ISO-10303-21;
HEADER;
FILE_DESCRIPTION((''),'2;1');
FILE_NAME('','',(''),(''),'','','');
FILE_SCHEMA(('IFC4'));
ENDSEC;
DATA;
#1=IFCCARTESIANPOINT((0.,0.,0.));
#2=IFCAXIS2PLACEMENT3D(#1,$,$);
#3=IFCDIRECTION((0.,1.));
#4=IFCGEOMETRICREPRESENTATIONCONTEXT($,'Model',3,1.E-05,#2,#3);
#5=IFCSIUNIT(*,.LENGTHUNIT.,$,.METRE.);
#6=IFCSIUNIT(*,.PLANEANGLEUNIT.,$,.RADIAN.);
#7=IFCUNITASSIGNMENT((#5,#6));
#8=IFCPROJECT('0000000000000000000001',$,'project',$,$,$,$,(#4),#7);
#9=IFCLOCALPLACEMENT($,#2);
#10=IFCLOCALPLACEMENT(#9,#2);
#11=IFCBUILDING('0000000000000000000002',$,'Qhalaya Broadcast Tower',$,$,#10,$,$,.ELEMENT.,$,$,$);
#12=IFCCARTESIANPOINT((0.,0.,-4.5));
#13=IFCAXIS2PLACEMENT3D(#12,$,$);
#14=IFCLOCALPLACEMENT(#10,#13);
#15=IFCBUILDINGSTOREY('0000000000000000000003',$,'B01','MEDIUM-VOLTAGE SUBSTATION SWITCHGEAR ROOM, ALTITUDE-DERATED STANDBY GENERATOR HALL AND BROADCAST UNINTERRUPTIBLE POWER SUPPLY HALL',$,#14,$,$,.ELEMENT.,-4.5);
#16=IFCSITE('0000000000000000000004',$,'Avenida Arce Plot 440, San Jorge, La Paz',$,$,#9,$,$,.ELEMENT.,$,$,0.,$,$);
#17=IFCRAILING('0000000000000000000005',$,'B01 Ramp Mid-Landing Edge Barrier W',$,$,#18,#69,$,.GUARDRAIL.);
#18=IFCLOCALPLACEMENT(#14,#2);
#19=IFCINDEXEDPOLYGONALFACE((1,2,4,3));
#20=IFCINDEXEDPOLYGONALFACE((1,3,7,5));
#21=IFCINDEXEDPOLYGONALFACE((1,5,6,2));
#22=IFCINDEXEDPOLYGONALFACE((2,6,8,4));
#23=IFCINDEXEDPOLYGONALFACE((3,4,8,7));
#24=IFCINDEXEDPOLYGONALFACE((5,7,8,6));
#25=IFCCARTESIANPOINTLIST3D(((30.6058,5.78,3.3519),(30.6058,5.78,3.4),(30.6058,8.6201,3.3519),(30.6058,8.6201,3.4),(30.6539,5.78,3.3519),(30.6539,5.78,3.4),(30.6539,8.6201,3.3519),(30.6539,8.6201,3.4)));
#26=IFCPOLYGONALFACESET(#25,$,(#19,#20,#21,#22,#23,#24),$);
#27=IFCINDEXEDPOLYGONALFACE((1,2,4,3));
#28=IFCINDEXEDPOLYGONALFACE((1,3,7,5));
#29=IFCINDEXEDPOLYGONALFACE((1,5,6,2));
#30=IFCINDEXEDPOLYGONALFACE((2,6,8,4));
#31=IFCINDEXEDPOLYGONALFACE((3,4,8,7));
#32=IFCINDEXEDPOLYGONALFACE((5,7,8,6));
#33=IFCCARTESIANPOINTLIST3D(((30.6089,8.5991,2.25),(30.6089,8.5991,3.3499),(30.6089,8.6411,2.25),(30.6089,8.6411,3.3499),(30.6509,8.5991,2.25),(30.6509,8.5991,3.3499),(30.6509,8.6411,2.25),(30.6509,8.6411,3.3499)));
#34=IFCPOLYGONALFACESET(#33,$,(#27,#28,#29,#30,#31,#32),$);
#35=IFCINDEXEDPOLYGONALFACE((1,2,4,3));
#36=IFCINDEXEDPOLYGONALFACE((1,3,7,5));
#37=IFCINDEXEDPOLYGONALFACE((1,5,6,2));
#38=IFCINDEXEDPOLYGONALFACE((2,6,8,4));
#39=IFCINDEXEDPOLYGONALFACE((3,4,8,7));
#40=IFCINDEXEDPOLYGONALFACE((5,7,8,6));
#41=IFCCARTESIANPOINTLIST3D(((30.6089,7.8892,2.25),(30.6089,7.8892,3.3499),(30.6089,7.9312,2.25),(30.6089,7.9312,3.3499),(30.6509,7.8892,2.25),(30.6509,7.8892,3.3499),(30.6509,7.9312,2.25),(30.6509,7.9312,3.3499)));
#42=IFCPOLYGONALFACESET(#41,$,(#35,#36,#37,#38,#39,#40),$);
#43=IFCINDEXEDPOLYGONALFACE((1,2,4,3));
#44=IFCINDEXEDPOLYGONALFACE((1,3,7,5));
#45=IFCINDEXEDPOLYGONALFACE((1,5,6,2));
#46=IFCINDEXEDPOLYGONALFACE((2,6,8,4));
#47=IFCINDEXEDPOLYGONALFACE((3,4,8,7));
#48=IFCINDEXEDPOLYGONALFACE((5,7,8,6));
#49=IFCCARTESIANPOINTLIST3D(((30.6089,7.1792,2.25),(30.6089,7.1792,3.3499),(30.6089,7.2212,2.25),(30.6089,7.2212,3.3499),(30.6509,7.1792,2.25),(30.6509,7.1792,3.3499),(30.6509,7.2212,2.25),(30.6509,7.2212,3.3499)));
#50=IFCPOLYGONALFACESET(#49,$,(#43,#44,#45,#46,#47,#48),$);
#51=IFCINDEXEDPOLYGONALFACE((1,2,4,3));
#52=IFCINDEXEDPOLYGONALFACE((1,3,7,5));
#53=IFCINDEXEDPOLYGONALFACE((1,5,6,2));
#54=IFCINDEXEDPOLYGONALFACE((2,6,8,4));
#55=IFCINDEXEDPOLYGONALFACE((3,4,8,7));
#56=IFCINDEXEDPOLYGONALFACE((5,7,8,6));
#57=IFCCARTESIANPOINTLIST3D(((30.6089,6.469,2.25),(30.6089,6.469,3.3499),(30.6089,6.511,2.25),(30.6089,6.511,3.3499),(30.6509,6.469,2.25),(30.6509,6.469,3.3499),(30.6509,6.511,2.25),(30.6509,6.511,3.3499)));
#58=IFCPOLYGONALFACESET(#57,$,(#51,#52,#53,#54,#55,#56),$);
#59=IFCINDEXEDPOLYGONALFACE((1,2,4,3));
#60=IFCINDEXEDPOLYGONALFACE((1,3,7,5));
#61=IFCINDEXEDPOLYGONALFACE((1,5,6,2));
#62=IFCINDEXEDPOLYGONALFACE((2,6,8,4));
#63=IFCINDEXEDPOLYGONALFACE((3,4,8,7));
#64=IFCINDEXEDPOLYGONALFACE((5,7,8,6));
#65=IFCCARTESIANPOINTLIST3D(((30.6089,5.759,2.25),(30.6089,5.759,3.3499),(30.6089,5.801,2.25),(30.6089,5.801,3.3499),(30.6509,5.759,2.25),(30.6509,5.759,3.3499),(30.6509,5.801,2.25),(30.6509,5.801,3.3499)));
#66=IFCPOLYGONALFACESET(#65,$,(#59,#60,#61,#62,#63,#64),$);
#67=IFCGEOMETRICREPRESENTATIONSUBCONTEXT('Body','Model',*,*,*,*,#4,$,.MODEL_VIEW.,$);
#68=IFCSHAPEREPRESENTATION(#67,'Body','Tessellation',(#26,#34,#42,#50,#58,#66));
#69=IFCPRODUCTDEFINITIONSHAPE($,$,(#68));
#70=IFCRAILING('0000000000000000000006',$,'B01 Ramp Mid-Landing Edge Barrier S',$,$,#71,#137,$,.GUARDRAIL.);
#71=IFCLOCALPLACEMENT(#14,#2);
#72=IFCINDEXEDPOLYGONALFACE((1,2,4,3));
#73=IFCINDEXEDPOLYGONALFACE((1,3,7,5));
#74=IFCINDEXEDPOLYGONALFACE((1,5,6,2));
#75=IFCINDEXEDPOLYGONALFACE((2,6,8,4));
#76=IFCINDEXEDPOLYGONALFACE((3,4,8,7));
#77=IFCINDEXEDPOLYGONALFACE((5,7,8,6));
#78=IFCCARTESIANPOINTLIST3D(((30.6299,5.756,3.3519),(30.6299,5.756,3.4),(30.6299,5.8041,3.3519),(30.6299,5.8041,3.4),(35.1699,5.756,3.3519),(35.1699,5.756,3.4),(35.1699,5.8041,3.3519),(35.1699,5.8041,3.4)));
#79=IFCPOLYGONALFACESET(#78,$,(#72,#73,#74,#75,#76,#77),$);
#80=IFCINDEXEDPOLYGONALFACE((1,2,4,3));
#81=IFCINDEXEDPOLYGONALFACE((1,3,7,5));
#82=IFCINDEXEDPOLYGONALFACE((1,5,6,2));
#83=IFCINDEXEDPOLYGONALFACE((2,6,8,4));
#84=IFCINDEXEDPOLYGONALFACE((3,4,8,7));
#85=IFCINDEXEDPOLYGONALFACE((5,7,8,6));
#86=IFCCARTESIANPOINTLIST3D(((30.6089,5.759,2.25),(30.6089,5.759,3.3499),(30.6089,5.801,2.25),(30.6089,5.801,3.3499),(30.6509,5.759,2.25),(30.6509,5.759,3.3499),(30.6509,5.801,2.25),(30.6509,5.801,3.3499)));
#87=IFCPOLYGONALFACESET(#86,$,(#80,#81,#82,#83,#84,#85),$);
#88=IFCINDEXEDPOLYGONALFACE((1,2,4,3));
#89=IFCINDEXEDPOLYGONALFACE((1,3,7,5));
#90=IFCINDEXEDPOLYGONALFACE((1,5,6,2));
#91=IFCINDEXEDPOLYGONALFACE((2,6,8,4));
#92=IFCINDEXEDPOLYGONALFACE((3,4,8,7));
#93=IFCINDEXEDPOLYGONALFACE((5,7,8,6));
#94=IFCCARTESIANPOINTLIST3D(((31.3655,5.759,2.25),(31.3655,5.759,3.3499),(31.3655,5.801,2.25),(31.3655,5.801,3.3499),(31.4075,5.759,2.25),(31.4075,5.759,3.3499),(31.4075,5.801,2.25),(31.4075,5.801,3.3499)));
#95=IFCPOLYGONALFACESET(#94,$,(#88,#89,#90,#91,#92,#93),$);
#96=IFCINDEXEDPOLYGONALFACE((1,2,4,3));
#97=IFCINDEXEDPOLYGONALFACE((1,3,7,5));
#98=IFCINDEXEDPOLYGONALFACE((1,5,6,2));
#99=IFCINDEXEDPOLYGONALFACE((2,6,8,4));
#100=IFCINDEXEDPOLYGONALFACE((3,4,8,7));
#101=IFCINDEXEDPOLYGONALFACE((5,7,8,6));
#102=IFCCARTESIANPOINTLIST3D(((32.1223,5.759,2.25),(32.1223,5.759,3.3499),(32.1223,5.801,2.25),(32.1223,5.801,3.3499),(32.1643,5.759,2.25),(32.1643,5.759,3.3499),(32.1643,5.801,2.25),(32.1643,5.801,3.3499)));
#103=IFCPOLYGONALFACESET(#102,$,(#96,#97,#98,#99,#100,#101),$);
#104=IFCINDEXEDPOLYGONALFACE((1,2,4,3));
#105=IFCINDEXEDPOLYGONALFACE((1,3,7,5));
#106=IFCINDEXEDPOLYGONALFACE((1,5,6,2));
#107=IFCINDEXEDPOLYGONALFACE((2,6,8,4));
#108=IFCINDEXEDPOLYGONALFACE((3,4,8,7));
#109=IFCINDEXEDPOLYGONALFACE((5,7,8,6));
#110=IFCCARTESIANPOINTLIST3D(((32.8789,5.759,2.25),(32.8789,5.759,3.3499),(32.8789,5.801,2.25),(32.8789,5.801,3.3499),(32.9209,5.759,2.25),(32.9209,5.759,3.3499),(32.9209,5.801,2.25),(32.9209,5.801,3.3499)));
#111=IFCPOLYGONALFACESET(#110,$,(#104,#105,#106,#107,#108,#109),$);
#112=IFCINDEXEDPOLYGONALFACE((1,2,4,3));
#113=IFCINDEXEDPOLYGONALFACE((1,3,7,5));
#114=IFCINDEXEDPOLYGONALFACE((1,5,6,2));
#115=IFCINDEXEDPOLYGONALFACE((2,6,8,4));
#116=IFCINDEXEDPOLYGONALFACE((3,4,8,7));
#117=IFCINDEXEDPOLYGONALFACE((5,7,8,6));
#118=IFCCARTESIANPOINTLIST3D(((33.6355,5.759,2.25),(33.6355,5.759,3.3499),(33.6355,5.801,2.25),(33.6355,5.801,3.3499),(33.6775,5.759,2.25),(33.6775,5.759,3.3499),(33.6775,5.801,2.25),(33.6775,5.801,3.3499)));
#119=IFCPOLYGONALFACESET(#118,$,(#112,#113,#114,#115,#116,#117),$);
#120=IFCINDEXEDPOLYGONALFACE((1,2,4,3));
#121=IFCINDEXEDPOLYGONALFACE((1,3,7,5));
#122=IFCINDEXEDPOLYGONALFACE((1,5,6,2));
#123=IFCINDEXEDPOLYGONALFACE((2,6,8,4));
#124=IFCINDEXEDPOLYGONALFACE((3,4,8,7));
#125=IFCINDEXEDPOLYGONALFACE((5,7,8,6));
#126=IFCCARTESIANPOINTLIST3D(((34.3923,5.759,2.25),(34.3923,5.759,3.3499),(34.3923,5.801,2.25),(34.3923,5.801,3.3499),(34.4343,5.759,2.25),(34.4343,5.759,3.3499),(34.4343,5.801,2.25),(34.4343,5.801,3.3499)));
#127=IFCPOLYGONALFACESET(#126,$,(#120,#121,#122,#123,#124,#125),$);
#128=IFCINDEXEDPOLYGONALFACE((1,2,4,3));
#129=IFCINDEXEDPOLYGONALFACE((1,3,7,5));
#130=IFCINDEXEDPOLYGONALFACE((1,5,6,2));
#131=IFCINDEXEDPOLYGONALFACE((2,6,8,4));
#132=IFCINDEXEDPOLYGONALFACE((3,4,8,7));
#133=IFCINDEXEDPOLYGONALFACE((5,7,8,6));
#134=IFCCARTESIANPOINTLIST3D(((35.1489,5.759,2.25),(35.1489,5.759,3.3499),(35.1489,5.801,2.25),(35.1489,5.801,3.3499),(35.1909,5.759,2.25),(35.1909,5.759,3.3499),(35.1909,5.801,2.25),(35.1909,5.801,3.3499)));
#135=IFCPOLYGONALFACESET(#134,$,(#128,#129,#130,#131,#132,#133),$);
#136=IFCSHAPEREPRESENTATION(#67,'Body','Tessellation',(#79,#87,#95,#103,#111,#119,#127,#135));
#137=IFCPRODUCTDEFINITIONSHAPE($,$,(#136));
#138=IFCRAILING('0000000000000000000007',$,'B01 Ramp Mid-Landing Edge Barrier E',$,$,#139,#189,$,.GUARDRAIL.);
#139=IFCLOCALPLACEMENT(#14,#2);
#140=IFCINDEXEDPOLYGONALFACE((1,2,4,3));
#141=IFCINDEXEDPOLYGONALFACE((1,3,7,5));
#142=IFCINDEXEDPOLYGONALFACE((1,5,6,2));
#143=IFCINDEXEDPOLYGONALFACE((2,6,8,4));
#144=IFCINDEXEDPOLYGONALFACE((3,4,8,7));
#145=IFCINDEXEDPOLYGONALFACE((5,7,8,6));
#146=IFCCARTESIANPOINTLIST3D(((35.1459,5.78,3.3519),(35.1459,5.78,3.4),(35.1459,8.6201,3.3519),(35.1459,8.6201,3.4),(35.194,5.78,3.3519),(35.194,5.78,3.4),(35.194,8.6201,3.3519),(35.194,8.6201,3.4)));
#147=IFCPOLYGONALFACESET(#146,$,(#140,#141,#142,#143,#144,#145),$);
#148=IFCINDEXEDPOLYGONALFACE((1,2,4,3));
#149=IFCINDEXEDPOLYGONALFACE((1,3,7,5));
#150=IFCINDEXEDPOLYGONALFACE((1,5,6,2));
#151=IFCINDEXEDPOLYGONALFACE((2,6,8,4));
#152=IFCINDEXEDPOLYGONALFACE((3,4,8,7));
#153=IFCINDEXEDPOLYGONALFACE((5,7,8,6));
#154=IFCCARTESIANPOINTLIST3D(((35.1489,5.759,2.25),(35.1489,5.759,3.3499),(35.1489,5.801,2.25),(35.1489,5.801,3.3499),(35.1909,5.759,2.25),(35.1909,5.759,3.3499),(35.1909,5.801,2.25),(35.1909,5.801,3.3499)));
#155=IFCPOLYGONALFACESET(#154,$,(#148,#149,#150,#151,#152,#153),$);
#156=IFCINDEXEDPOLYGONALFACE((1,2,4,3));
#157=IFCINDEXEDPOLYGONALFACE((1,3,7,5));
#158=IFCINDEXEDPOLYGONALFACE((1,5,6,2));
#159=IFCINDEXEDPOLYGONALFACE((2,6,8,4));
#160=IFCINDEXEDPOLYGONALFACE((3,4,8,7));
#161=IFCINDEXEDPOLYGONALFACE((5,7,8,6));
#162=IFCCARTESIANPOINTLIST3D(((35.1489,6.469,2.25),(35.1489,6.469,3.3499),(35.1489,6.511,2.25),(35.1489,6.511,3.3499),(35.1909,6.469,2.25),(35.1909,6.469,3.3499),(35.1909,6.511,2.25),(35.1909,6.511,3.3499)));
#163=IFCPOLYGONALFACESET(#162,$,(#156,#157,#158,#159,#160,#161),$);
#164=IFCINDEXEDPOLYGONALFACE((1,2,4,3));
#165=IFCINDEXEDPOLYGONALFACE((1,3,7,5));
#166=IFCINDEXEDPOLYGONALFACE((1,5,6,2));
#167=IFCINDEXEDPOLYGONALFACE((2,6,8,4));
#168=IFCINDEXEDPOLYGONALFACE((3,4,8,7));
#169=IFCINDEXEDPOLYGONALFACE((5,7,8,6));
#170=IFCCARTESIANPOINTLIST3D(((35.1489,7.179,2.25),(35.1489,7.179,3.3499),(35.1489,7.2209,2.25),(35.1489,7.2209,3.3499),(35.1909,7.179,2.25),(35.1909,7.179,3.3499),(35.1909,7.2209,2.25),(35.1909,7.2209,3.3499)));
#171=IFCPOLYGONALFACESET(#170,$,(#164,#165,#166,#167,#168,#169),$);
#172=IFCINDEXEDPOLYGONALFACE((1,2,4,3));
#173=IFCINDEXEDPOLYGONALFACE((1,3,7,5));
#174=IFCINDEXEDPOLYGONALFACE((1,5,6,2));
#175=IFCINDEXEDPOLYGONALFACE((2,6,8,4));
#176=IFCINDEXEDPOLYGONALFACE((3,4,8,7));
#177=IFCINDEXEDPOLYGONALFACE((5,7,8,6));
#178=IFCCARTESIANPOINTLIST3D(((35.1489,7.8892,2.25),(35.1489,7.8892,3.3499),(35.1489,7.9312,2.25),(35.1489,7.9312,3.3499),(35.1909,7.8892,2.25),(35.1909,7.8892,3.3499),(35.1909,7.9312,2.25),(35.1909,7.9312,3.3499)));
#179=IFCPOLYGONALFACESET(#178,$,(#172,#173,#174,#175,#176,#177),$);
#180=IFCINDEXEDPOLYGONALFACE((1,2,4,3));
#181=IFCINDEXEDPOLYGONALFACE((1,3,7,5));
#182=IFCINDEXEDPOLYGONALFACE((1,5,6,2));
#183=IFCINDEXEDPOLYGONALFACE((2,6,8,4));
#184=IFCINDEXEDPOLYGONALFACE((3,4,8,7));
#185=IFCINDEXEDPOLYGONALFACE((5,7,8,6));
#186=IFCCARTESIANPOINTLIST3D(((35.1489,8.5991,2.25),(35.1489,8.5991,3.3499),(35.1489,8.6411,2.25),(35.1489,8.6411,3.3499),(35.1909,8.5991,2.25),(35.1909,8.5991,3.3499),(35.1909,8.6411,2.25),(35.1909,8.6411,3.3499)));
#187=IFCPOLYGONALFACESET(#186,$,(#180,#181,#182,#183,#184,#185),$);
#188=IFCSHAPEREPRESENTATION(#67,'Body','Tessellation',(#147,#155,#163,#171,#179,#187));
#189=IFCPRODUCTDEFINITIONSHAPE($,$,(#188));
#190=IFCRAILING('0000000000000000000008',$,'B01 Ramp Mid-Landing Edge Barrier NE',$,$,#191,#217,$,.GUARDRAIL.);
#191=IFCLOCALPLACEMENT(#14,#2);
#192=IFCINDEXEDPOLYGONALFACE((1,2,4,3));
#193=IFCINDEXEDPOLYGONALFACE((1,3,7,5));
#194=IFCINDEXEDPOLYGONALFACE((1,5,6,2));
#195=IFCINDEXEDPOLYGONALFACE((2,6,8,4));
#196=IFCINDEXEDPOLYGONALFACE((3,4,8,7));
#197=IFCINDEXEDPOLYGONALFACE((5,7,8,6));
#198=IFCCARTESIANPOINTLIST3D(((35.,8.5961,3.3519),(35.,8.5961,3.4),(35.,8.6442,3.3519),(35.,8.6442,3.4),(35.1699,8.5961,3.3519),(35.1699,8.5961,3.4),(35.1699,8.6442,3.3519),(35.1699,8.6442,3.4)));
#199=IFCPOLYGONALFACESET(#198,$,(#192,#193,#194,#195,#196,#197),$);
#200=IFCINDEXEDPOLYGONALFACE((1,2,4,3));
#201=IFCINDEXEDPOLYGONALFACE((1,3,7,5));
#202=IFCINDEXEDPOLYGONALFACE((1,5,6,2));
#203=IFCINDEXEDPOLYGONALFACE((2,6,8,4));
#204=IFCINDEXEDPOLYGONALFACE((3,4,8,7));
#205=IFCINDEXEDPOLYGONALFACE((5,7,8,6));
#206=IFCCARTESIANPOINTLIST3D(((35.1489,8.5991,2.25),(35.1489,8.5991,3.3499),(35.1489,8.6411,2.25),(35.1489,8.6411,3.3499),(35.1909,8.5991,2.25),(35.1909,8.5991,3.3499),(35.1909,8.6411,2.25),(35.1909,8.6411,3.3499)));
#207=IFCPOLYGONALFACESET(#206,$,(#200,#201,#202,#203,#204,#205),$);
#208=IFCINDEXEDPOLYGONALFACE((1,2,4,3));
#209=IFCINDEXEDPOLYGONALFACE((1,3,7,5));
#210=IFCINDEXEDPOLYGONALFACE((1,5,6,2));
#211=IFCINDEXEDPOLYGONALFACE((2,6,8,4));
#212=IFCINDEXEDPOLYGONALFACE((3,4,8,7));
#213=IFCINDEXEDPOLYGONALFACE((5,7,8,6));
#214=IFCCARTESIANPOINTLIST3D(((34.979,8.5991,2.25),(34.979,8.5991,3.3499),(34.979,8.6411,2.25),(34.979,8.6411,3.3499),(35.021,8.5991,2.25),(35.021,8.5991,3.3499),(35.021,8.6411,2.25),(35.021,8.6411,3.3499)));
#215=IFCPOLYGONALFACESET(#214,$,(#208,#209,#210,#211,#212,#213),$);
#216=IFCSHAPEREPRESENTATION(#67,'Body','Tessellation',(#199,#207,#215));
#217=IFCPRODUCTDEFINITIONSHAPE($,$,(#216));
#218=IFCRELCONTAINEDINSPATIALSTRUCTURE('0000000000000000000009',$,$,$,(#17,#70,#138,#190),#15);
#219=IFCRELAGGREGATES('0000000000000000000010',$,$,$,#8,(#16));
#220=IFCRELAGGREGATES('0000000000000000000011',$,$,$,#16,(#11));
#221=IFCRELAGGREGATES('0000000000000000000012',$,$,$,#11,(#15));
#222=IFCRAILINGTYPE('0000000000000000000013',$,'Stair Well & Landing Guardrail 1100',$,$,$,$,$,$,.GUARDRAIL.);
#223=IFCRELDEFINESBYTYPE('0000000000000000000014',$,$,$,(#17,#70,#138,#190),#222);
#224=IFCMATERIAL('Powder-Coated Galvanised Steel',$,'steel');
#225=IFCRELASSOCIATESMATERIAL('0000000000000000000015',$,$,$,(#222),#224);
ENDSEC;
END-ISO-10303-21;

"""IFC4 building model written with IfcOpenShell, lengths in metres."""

from ifc_helpers import new_model, si_unit, direction, frame, origin, origin_2d, place, context, subcontext, project, spatial, rectangle, extrude, material, type_object, element, save


model = new_model("IFC4")

# Units and contexts
model_context = context("Model", 3, precision=1e-05, world=origin(), true_north=direction((0.0, 1.0)))
body_context = subcontext(model_context, "Body", "Model", "MODEL_VIEW")
ifc_project = project(units=[si_unit("LENGTHUNIT", "METRE"), si_unit("PLANEANGLEUNIT", "RADIAN")], contexts=[model_context])

# Site, building, storey
site_placement = place(None, origin())
site = spatial("IfcSite", under=ifc_project, at=site_placement, Name="Avenida Arce Plot 440, San Jorge, La Paz", CompositionType="ELEMENT", RefElevation=0.0)
building_placement = place(site_placement, origin())
building = spatial("IfcBuilding", under=site, at=building_placement, Name="Qhalaya Broadcast Tower", CompositionType="ELEMENT")
storey_placement = place(building_placement, frame((0.0, 0.0, -4.5)))
storey = spatial("IfcBuildingStorey", under=building, at=storey_placement, Name="B01", Description="MEDIUM-VOLTAGE SUBSTATION SWITCHGEAR ROOM, ALTITUDE-DERATED STANDBY GENERATOR HALL AND BROADCAST UNINTERRUPTIBLE POWER SUPPLY HALL", CompositionType="ELEMENT", Elevation=-4.5)

# Railings
ifc_material_1 = material(Name="Powder-Coated Galvanised Steel", Category="steel")
railing_type = type_object("IfcRailingType", Name="Stair Well & Landing Guardrail 1100", PredefinedType="GUARDRAIL", material=ifc_material_1)
railing_1_placement = place(storey_placement, frame((30.6299, 8.6201, 2.25)))
element("IfcRailing", 1, at=railing_1_placement, inside=storey, type_object=railing_type, Name="B01 Ramp Mid-Landing Edge Barrier W", PredefinedType="GUARDRAIL", context=body_context, shape_type="SweptSolid", body=[
    extrude(rectangle(XDim=0.0481, YDim=0.0481, at=origin_2d()), frame((0.0, 0.0, 1.126), z_axis=(0.0, -1.0, 0.0), x_axis=(1.0, 0.0, 0.0)), (0.0, 0.0, 1.0), 2.8401),
    extrude(rectangle(XDim=0.042, YDim=0.042, at=origin_2d()), origin(), (0.0, 0.0, 1.0), 1.0999),
    extrude(rectangle(XDim=0.042, YDim=0.042, at=origin_2d()), frame((0.0, -0.71, 0.0)), (0.0, 0.0, 1.0), 1.0999),
    extrude(rectangle(XDim=0.042, YDim=0.042, at=origin_2d()), frame((0.0, -1.4199, 0.0)), (0.0, 0.0, 1.0), 1.0999),
    extrude(rectangle(XDim=0.042, YDim=0.042, at=origin_2d()), frame((0.0, -2.1301, 0.0)), (0.0, 0.0, 1.0), 1.0999),
    extrude(rectangle(XDim=0.042, YDim=0.042, at=origin_2d()), frame((0.0, -2.8401, 0.0)), (0.0, 0.0, 1.0), 1.0999),
])
railing_2_placement = place(storey_placement, frame((30.6299, 5.78, 2.25)))
element("IfcRailing", 2, at=railing_2_placement, inside=storey, type_object=railing_type, Name="B01 Ramp Mid-Landing Edge Barrier S", PredefinedType="GUARDRAIL", context=body_context, shape_type="SweptSolid", body=[
    extrude(rectangle(XDim=0.0481, YDim=0.0481, at=origin_2d()), frame((0.0, 0.0, 1.126), z_axis=(1.0, 0.0, 0.0), x_axis=(0.0, 1.0, 0.0)), (0.0, 0.0, 1.0), 4.54),
    extrude(rectangle(XDim=0.042, YDim=0.042, at=origin_2d()), origin(), (0.0, 0.0, 1.0), 1.0999),
    extrude(rectangle(XDim=0.042, YDim=0.042, at=origin_2d()), frame((0.7566, 0.0, 0.0)), (0.0, 0.0, 1.0), 1.0999),
    extrude(rectangle(XDim=0.042, YDim=0.042, at=origin_2d()), frame((1.5134, 0.0, 0.0)), (0.0, 0.0, 1.0), 1.0999),
    extrude(rectangle(XDim=0.042, YDim=0.042, at=origin_2d()), frame((2.27, 0.0, 0.0)), (0.0, 0.0, 1.0), 1.0999),
    extrude(rectangle(XDim=0.042, YDim=0.042, at=origin_2d()), frame((3.0266, 0.0, 0.0)), (0.0, 0.0, 1.0), 1.0999),
    extrude(rectangle(XDim=0.042, YDim=0.042, at=origin_2d()), frame((3.7834, 0.0, 0.0)), (0.0, 0.0, 1.0), 1.0999),
    extrude(rectangle(XDim=0.042, YDim=0.042, at=origin_2d()), frame((4.54, 0.0, 0.0)), (0.0, 0.0, 1.0), 1.0999),
])
railing_3_placement = place(storey_placement, frame((35.1699, 5.78, 2.25)))
element("IfcRailing", 3, at=railing_3_placement, inside=storey, type_object=railing_type, Name="B01 Ramp Mid-Landing Edge Barrier E", PredefinedType="GUARDRAIL", context=body_context, shape_type="SweptSolid", body=[
    extrude(rectangle(XDim=0.0481, YDim=0.0481, at=origin_2d()), frame((0.0, 0.0, 1.126), z_axis=(0.0, 1.0, 0.0), x_axis=(-1.0, 0.0, 0.0)), (0.0, 0.0, 1.0), 2.8401),
    extrude(rectangle(XDim=0.042, YDim=0.042, at=origin_2d()), origin(), (0.0, 0.0, 1.0), 1.0999),
    extrude(rectangle(XDim=0.042, YDim=0.042, at=origin_2d()), frame((0.0, 0.71, 0.0)), (0.0, 0.0, 1.0), 1.0999),
    extrude(rectangle(XDim=0.042, YDim=0.042, at=origin_2d()), frame((0.0, 1.4199, 0.0)), (0.0, 0.0, 1.0), 1.0999),
    extrude(rectangle(XDim=0.042, YDim=0.042, at=origin_2d()), frame((0.0, 2.1301, 0.0)), (0.0, 0.0, 1.0), 1.0999),
    extrude(rectangle(XDim=0.042, YDim=0.042, at=origin_2d()), frame((0.0, 2.8401, 0.0)), (0.0, 0.0, 1.0), 1.0999),
])
railing_4_placement = place(storey_placement, frame((35.1699, 8.6201, 2.25)))
element("IfcRailing", 4, at=railing_4_placement, inside=storey, type_object=railing_type, Name="B01 Ramp Mid-Landing Edge Barrier NE", PredefinedType="GUARDRAIL", context=body_context, shape_type="SweptSolid", body=[
    extrude(rectangle(XDim=0.0481, YDim=0.0481, at=origin_2d()), frame((0.0, 0.0, 1.126), z_axis=(-1.0, 0.0, 0.0), x_axis=(0.0, -1.0, 0.0)), (0.0, 0.0, 1.0), 0.1699),
    extrude(rectangle(XDim=0.042, YDim=0.042, at=origin_2d()), origin(), (0.0, 0.0, 1.0), 1.0999),
    extrude(rectangle(XDim=0.042, YDim=0.042, at=origin_2d()), frame((-0.1699, 0.0, 0.0)), (0.0, 0.0, 1.0), 1.0999),
])

save(model, "model.ifc")
